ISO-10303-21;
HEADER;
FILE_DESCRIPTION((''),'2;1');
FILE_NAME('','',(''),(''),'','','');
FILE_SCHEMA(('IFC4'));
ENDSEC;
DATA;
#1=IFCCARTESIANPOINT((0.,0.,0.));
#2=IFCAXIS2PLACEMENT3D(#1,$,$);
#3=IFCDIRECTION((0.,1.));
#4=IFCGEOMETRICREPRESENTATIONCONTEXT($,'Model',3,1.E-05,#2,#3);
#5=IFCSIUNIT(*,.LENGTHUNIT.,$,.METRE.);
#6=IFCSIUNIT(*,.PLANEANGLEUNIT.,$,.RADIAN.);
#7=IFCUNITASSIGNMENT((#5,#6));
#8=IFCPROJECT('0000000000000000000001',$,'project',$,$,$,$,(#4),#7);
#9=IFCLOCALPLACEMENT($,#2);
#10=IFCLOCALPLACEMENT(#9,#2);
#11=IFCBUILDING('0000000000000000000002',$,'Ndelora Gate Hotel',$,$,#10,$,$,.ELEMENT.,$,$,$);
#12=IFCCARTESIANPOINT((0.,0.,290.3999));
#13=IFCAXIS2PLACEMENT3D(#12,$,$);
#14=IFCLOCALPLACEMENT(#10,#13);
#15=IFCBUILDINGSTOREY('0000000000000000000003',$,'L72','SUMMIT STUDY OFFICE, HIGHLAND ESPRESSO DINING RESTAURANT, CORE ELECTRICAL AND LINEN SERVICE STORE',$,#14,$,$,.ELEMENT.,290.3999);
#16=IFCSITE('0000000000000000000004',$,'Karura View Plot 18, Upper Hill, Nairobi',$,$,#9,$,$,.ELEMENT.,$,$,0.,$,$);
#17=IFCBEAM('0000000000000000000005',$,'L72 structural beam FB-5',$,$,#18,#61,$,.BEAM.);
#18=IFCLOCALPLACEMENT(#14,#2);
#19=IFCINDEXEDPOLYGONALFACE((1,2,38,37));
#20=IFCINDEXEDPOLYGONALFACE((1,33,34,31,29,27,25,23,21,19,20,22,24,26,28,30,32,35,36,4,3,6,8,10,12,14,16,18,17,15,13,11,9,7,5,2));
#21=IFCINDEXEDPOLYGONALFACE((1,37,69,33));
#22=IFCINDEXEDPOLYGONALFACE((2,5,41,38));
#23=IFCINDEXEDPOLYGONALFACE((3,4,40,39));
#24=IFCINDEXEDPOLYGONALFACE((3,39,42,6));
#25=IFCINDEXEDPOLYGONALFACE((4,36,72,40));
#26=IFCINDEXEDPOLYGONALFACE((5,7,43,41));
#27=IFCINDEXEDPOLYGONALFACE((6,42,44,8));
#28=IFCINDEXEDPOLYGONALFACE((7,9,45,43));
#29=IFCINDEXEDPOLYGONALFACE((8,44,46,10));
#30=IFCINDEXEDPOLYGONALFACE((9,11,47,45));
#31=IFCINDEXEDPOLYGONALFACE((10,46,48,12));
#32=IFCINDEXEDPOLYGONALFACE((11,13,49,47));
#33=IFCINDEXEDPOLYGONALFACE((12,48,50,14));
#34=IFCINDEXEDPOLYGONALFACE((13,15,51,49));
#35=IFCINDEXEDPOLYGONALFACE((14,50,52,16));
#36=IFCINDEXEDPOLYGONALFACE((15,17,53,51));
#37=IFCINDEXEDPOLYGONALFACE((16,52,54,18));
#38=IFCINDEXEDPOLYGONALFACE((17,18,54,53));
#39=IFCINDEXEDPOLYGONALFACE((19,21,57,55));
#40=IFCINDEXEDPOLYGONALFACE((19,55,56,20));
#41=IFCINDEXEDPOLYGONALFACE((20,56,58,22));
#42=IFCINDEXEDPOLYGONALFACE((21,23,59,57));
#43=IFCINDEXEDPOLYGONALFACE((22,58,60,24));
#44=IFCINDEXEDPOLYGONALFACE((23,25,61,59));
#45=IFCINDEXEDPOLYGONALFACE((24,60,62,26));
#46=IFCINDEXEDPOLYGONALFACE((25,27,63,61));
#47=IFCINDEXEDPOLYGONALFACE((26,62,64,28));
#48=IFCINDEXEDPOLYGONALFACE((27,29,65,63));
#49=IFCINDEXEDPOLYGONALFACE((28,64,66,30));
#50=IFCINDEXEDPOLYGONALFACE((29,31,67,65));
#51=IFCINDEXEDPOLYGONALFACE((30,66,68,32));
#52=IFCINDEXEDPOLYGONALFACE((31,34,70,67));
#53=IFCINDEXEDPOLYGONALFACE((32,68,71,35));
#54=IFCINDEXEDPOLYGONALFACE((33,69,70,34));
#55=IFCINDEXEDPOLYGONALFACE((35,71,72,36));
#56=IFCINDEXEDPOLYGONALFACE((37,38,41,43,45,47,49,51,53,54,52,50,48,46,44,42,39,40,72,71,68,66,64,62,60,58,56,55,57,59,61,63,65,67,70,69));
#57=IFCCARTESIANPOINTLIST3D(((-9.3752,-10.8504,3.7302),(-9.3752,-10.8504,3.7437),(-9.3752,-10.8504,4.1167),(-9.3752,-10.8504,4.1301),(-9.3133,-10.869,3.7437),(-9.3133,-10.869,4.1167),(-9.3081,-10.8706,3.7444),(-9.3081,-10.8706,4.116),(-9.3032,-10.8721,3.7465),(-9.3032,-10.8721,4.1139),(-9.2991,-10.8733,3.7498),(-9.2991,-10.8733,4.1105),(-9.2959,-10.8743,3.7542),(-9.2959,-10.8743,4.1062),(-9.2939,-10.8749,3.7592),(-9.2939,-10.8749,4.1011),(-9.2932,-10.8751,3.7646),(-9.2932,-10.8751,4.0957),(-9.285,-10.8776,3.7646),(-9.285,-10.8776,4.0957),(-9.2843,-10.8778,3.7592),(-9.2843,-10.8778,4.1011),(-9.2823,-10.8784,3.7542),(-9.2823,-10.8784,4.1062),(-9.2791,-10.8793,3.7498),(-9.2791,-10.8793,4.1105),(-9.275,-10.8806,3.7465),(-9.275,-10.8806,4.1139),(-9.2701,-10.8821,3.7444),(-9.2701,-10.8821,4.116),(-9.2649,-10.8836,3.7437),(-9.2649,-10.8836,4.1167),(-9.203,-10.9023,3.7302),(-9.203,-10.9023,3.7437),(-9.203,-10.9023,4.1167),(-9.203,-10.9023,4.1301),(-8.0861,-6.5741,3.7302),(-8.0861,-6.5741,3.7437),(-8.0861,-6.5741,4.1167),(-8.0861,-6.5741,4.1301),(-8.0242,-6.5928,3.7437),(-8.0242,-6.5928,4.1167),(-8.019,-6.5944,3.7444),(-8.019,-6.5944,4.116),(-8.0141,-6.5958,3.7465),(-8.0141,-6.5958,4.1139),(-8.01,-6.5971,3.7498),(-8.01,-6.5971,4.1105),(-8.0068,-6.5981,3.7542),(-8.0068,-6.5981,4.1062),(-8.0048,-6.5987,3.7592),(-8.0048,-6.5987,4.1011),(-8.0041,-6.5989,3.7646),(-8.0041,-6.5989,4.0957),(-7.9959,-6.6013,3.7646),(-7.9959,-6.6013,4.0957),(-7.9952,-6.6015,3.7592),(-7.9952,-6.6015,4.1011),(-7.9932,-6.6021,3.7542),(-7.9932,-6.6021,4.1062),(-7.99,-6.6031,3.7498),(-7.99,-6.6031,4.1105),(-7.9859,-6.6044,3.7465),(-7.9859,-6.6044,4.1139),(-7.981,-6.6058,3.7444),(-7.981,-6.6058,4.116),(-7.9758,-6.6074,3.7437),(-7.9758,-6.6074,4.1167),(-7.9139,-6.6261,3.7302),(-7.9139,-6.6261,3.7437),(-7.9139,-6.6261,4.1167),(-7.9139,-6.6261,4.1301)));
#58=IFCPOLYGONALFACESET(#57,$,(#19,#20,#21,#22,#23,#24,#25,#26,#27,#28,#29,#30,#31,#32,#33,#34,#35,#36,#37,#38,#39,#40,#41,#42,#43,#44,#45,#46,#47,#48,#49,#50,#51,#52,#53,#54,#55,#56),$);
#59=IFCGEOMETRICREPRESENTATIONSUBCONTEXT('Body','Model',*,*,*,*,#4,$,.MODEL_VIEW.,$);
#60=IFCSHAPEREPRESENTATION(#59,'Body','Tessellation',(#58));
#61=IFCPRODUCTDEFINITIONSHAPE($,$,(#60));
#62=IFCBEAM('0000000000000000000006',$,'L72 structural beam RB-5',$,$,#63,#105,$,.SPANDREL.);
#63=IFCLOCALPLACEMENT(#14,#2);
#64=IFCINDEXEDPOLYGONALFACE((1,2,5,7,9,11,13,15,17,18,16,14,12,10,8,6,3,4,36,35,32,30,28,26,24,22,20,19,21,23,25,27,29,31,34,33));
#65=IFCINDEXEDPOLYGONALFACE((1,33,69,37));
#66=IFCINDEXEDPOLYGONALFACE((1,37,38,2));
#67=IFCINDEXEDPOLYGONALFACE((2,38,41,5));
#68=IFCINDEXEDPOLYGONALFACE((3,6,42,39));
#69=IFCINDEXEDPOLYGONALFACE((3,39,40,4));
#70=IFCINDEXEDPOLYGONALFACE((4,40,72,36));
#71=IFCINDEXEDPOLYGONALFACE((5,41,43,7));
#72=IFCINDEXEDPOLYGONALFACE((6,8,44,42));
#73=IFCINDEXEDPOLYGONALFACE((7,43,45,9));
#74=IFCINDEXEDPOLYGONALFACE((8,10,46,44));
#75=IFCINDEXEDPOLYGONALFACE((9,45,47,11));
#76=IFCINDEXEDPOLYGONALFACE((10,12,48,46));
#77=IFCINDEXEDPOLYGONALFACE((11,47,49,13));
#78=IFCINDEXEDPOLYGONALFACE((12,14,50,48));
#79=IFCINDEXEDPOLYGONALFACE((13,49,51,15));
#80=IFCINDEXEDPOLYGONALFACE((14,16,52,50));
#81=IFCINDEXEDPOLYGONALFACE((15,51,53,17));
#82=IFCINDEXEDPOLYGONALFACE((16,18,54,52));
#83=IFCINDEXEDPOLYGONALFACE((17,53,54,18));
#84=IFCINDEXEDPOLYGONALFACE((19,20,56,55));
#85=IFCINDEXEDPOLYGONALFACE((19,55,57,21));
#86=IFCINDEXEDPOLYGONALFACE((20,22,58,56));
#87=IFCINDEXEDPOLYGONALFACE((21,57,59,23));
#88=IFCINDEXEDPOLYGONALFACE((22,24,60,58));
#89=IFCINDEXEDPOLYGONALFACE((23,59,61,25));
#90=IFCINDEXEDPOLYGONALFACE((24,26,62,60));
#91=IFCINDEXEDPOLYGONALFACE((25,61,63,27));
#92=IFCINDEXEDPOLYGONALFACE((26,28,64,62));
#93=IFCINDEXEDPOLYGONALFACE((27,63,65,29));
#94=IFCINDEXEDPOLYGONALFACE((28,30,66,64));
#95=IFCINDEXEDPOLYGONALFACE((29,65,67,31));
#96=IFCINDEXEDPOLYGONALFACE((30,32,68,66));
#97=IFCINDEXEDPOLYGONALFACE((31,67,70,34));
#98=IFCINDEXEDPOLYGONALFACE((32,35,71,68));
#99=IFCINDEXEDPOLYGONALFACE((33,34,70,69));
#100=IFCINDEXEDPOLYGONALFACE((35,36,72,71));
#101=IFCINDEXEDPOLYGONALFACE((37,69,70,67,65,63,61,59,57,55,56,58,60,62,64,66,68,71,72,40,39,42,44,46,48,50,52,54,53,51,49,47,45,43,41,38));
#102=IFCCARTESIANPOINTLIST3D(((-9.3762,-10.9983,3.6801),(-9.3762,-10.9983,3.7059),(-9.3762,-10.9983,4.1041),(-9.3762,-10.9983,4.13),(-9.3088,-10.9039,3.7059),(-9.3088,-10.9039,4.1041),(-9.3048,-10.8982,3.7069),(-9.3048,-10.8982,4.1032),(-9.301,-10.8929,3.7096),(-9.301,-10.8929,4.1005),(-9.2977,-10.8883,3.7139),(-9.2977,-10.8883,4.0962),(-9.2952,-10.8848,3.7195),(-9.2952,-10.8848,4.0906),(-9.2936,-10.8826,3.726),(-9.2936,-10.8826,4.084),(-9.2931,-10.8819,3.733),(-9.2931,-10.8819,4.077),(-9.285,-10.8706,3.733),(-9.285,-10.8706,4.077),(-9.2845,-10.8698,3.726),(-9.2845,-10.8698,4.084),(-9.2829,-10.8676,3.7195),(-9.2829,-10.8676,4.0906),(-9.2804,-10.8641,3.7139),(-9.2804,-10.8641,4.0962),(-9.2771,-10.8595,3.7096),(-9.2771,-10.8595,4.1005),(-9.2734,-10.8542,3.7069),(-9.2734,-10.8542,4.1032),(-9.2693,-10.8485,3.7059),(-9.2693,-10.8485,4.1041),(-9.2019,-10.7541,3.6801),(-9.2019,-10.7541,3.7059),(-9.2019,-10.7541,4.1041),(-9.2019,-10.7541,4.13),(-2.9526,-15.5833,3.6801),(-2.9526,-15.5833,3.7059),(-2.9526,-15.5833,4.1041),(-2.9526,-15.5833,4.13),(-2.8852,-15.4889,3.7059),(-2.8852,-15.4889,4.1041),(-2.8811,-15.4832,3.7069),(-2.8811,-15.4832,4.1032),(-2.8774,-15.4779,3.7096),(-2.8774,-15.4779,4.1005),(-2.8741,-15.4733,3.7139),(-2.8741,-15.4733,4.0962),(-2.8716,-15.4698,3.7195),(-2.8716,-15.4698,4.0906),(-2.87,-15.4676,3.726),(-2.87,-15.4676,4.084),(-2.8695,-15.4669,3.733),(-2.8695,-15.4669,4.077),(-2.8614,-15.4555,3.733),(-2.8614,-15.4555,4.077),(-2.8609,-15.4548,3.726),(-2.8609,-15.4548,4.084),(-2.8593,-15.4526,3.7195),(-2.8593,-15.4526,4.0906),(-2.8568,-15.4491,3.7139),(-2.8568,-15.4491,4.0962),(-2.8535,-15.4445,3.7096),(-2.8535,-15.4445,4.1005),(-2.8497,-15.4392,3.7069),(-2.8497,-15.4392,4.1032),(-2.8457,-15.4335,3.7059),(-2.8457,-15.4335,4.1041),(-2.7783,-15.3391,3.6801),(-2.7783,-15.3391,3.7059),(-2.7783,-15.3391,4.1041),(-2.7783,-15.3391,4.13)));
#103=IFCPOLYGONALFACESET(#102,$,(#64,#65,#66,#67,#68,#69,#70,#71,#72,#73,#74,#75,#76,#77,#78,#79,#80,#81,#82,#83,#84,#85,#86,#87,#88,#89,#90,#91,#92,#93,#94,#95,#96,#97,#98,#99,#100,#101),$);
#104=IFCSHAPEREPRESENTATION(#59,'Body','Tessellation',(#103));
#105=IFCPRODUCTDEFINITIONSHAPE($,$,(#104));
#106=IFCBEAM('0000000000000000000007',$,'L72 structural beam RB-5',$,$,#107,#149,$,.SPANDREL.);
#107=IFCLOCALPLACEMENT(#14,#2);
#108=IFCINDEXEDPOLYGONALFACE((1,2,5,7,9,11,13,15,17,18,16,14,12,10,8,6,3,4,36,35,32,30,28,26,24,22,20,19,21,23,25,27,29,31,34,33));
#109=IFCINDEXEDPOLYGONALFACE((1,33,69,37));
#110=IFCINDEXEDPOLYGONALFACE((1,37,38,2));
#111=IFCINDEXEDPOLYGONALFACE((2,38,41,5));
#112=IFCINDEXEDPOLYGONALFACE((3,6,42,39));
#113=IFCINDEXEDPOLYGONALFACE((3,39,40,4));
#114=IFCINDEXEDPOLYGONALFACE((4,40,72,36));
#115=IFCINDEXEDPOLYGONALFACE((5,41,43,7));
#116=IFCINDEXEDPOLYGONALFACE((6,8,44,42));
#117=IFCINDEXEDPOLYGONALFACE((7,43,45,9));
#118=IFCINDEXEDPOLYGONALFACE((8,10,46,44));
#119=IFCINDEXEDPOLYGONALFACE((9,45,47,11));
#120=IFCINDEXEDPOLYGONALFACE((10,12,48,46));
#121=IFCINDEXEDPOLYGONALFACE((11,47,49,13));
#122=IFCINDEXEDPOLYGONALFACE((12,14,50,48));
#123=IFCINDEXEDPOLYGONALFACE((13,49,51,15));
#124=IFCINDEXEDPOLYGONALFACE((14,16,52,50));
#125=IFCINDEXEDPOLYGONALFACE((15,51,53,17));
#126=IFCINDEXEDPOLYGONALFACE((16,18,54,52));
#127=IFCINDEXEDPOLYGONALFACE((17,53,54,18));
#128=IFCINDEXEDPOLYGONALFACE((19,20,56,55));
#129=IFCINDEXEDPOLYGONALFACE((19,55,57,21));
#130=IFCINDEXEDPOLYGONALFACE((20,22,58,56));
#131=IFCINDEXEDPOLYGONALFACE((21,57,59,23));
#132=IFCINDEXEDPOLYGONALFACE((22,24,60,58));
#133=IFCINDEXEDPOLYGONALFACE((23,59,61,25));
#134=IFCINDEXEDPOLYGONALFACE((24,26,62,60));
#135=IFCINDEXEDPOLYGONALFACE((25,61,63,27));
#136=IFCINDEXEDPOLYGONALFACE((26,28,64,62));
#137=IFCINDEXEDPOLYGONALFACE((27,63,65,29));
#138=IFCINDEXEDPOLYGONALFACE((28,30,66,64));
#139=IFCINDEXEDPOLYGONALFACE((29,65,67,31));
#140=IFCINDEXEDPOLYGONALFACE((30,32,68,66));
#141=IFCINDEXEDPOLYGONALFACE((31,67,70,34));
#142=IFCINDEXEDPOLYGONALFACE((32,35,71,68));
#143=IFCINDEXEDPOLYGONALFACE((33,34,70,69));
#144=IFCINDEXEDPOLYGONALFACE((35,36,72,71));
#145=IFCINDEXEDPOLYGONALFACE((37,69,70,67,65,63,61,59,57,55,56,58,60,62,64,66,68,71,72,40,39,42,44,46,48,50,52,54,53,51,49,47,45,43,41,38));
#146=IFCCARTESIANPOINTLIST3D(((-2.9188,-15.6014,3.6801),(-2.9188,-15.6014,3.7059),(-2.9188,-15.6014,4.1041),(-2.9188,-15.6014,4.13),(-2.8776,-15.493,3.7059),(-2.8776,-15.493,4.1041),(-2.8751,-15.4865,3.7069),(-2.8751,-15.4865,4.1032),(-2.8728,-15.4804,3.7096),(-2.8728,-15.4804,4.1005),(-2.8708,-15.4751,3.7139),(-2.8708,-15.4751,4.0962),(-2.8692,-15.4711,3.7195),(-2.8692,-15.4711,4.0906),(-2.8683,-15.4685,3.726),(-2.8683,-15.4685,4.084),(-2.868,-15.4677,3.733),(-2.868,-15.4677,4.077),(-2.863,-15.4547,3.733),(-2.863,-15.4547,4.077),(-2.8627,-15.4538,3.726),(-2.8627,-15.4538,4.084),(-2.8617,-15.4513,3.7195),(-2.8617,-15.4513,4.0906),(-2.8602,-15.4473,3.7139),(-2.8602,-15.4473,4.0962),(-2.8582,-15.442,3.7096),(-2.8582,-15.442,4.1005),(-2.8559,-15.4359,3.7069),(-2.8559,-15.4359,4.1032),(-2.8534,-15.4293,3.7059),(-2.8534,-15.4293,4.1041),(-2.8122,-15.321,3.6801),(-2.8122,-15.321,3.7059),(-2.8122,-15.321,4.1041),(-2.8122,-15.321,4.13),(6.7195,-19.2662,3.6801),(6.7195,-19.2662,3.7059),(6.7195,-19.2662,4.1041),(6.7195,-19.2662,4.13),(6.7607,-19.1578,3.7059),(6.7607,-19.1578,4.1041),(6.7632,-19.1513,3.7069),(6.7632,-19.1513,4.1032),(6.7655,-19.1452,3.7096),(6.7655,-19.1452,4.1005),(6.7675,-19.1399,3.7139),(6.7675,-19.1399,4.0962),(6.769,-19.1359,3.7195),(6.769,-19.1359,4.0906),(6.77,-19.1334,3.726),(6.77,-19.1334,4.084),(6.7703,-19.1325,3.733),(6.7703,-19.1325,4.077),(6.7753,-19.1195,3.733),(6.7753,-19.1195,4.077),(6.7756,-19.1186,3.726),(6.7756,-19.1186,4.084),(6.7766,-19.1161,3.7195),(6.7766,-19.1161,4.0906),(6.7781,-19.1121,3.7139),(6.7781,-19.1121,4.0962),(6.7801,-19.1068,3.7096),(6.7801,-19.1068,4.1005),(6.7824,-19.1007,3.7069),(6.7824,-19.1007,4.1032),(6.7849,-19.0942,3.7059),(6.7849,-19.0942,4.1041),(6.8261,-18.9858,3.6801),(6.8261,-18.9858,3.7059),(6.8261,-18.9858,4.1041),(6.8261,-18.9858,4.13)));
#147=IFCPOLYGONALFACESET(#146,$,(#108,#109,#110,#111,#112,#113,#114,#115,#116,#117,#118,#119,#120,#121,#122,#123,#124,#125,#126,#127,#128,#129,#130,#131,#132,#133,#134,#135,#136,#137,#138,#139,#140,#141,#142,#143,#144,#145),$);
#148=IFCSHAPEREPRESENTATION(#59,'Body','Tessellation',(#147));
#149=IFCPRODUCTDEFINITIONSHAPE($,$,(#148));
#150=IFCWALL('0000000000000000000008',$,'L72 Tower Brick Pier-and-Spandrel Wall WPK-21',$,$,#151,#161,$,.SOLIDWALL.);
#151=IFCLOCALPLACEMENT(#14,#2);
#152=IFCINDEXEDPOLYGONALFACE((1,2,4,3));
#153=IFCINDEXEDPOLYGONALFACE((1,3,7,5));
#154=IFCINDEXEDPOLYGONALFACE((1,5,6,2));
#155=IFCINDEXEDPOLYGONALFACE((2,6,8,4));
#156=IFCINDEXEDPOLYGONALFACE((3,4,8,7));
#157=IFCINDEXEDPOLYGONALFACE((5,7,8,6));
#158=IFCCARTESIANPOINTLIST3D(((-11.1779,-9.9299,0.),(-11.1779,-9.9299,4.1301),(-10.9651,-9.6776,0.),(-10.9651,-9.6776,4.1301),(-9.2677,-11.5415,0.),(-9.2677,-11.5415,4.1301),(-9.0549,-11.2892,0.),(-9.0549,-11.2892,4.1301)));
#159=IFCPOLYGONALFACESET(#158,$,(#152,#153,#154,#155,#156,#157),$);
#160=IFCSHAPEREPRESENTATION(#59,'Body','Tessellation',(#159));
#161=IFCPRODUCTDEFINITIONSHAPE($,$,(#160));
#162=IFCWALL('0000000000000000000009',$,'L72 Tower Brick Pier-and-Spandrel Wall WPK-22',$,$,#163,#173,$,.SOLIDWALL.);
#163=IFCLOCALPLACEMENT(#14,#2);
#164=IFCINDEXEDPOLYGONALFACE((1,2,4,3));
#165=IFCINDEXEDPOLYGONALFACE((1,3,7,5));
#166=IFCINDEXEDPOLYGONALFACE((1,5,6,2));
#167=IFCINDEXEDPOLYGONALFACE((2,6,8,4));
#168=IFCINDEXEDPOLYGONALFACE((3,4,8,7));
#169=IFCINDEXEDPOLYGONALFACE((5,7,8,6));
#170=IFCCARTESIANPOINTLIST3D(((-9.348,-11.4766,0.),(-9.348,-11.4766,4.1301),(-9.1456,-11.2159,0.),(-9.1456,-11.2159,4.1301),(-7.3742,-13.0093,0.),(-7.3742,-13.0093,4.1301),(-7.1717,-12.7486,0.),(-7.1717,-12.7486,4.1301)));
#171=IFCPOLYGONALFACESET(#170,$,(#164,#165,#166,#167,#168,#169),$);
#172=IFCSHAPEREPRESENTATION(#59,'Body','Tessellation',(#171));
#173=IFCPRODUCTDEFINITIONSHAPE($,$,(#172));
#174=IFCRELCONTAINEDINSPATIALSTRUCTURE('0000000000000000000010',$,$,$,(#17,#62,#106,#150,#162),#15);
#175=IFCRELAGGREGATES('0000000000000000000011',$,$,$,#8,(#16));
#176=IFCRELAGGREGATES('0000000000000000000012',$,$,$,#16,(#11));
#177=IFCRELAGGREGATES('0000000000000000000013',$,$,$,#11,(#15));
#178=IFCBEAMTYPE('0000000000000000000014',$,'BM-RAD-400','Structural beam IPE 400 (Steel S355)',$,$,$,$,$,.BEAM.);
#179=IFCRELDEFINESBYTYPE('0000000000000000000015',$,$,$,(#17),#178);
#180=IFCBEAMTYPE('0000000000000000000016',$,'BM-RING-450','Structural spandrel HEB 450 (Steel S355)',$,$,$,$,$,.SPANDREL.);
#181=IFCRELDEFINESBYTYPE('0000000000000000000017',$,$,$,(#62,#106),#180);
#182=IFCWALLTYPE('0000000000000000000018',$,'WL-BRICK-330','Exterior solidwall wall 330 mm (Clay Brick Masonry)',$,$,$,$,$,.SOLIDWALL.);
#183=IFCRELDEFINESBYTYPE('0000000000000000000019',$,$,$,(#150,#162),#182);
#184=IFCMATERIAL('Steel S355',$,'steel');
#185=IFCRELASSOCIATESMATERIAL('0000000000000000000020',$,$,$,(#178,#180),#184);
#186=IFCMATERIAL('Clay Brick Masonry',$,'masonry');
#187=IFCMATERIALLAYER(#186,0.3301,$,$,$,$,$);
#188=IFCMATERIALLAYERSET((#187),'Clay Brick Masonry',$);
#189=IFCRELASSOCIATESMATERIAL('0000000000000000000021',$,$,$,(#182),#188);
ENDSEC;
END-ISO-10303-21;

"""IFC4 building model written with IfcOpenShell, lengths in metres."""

from ifc_helpers import new_model, si_unit, direction, frame, frame_2d, origin, origin_2d, place, context, subcontext, project, spatial, rectangle, i_section, extrude, material, layer, layer_set, material_profile, profile_set, type_object, element, save


model = new_model("IFC4")

# Units and contexts
model_context = context("Model", 3, precision=1e-05, world=origin(), true_north=direction((0.0, 1.0)))
body_context = subcontext(model_context, "Body", "Model", "MODEL_VIEW")
ifc_project = project(units=[si_unit("LENGTHUNIT", "METRE"), si_unit("PLANEANGLEUNIT", "RADIAN")], contexts=[model_context])

# Site, building, storey
site_placement = place(None, origin())
site = spatial("IfcSite", under=ifc_project, at=site_placement, Name="Karura View Plot 18, Upper Hill, Nairobi", CompositionType="ELEMENT", RefElevation=0.0)
building_placement = place(site_placement, origin())
building = spatial("IfcBuilding", under=site, at=building_placement, Name="Ndelora Gate Hotel", CompositionType="ELEMENT")
storey_placement = place(building_placement, frame((0.0, 0.0, 290.3999)))
storey = spatial("IfcBuildingStorey", under=building, at=storey_placement, Name="L72", Description="SUMMIT STUDY OFFICE, HIGHLAND ESPRESSO DINING RESTAURANT, CORE ELECTRICAL AND LINEN SERVICE STORE", CompositionType="ELEMENT", Elevation=290.3999)

# Beams
ifc_material_1 = material(Name="Steel S355", Category="steel")
ifc_material_profile_1 = material_profile(ifc_material_1, i_section(OverallWidth=0.1799, OverallDepth=0.3999, WebThickness=0.0085, FlangeThickness=0.0134, FilletRadius=0.021, at=origin_2d()), Name="IPE 400")
ifc_profile_set_1 = profile_set([ifc_material_profile_1], Name="Steel S355")
beam_type_1 = type_object("IfcBeamType", Name="BM-RAD-400", Description="Structural beam IPE 400 (Steel S355)", PredefinedType="BEAM", material=ifc_profile_set_1)
beam_1_placement = place(storey_placement, frame((-8.0, -6.6001, 3.9302), z_axis=(-0.288626, -0.957442, 0.0), x_axis=(0.957442, -0.288626, 0.0)))
element("IfcBeam", 1, at=beam_1_placement, inside=storey, type_object=beam_type_1, Name="L72 structural beam FB-5", PredefinedType="BEAM", context=body_context, shape_type="SweptSolid", body=[
    extrude(i_section(OverallWidth=0.1799, OverallDepth=0.3999, WebThickness=0.0085, FlangeThickness=0.0134, FilletRadius=0.021, at=origin_2d()), origin(), (0.0, 0.0, 1.0), 4.4663),
])
ifc_material_profile_2 = material_profile(ifc_material_1, i_section(OverallWidth=0.3, OverallDepth=0.45, WebThickness=0.0139, FlangeThickness=0.0259, FilletRadius=0.0271, at=origin_2d()), Name="HEB 450")
ifc_profile_set_2 = profile_set([ifc_material_profile_2], Name="Steel S355")
beam_type_2 = type_object("IfcBeamType", Name="BM-RING-450", Description="Structural spandrel HEB 450 (Steel S355)", PredefinedType="SPANDREL", material=ifc_profile_set_2)
beam_2_placement = place(storey_placement, frame((-9.2891, -10.8762, 3.905), z_axis=(0.813932, -0.58096, 0.0), x_axis=(0.58096, 0.813932, 0.0)))
element("IfcBeam", 2, at=beam_2_placement, inside=storey, type_object=beam_type_2, Name="L72 structural beam RB-5", PredefinedType="SPANDREL", context=body_context, shape_type="SweptSolid", body=[
    extrude(i_section(OverallWidth=0.3, OverallDepth=0.45, WebThickness=0.0139, FlangeThickness=0.0259, FilletRadius=0.0271, at=origin_2d()), origin(), (0.0, 0.0, 1.0), 7.8921),
])
beam_3_placement = place(storey_placement, frame((-2.8655, -15.4612, 3.905), z_axis=(0.93471, -0.355411, 0.0), x_axis=(0.355411, 0.93471, 0.0)))
element("IfcBeam", 3, at=beam_3_placement, inside=storey, type_object=beam_type_2, Name="L72 structural beam RB-5", PredefinedType="SPANDREL", context=body_context, shape_type="SweptSolid", body=[
    extrude(i_section(OverallWidth=0.3, OverallDepth=0.45, WebThickness=0.0139, FlangeThickness=0.0259, FilletRadius=0.0271, at=origin_2d()), origin(), (0.0, 0.0, 1.0), 10.3115),
])

# Walls
ifc_material_2 = material(Name="Clay Brick Masonry", Category="masonry")
ifc_layer_1 = layer(ifc_material_2, 0.3301)
ifc_layer_set_1 = layer_set([ifc_layer_1], Name="Clay Brick Masonry")
wall_type_1 = type_object("IfcWallType", Name="WL-BRICK-330", Description="Exterior solidwall wall 330 mm (Clay Brick Masonry)", PredefinedType="SOLIDWALL", material=ifc_layer_set_1)
wall_1_placement = place(storey_placement, frame((-9.1614, -11.4153, 0.0), z_axis=(0.0, 0.0, 1.0), x_axis=(-0.764316, 0.644842, 0.0)))
element("IfcWall", 4, at=wall_1_placement, inside=storey, type_object=wall_type_1, Name="L72 Tower Brick Pier-and-Spandrel Wall WPK-21", PredefinedType="SOLIDWALL", context=body_context, shape_type="SweptSolid", body=[
    extrude(rectangle(XDim=2.4993, YDim=0.3301, at=frame_2d((1.2495, 0.0))), origin(), (0.0, 0.0, 1.0), 4.1301),
])
wall_2_placement = place(storey_placement, frame((-7.2729, -12.8789, 0.0), z_axis=(0.0, 0.0, 1.0), x_axis=(-0.789841, 0.613311, 0.0)))
element("IfcWall", 5, at=wall_2_placement, inside=storey, type_object=wall_type_1, Name="L72 Tower Brick Pier-and-Spandrel Wall WPK-22", PredefinedType="SOLIDWALL", context=body_context, shape_type="SweptSolid", body=[
    extrude(rectangle(XDim=2.499, YDim=0.3301, at=frame_2d((1.2495, 0.0))), origin(), (0.0, 0.0, 1.0), 4.1301),
])

save(model, "model.ifc")
